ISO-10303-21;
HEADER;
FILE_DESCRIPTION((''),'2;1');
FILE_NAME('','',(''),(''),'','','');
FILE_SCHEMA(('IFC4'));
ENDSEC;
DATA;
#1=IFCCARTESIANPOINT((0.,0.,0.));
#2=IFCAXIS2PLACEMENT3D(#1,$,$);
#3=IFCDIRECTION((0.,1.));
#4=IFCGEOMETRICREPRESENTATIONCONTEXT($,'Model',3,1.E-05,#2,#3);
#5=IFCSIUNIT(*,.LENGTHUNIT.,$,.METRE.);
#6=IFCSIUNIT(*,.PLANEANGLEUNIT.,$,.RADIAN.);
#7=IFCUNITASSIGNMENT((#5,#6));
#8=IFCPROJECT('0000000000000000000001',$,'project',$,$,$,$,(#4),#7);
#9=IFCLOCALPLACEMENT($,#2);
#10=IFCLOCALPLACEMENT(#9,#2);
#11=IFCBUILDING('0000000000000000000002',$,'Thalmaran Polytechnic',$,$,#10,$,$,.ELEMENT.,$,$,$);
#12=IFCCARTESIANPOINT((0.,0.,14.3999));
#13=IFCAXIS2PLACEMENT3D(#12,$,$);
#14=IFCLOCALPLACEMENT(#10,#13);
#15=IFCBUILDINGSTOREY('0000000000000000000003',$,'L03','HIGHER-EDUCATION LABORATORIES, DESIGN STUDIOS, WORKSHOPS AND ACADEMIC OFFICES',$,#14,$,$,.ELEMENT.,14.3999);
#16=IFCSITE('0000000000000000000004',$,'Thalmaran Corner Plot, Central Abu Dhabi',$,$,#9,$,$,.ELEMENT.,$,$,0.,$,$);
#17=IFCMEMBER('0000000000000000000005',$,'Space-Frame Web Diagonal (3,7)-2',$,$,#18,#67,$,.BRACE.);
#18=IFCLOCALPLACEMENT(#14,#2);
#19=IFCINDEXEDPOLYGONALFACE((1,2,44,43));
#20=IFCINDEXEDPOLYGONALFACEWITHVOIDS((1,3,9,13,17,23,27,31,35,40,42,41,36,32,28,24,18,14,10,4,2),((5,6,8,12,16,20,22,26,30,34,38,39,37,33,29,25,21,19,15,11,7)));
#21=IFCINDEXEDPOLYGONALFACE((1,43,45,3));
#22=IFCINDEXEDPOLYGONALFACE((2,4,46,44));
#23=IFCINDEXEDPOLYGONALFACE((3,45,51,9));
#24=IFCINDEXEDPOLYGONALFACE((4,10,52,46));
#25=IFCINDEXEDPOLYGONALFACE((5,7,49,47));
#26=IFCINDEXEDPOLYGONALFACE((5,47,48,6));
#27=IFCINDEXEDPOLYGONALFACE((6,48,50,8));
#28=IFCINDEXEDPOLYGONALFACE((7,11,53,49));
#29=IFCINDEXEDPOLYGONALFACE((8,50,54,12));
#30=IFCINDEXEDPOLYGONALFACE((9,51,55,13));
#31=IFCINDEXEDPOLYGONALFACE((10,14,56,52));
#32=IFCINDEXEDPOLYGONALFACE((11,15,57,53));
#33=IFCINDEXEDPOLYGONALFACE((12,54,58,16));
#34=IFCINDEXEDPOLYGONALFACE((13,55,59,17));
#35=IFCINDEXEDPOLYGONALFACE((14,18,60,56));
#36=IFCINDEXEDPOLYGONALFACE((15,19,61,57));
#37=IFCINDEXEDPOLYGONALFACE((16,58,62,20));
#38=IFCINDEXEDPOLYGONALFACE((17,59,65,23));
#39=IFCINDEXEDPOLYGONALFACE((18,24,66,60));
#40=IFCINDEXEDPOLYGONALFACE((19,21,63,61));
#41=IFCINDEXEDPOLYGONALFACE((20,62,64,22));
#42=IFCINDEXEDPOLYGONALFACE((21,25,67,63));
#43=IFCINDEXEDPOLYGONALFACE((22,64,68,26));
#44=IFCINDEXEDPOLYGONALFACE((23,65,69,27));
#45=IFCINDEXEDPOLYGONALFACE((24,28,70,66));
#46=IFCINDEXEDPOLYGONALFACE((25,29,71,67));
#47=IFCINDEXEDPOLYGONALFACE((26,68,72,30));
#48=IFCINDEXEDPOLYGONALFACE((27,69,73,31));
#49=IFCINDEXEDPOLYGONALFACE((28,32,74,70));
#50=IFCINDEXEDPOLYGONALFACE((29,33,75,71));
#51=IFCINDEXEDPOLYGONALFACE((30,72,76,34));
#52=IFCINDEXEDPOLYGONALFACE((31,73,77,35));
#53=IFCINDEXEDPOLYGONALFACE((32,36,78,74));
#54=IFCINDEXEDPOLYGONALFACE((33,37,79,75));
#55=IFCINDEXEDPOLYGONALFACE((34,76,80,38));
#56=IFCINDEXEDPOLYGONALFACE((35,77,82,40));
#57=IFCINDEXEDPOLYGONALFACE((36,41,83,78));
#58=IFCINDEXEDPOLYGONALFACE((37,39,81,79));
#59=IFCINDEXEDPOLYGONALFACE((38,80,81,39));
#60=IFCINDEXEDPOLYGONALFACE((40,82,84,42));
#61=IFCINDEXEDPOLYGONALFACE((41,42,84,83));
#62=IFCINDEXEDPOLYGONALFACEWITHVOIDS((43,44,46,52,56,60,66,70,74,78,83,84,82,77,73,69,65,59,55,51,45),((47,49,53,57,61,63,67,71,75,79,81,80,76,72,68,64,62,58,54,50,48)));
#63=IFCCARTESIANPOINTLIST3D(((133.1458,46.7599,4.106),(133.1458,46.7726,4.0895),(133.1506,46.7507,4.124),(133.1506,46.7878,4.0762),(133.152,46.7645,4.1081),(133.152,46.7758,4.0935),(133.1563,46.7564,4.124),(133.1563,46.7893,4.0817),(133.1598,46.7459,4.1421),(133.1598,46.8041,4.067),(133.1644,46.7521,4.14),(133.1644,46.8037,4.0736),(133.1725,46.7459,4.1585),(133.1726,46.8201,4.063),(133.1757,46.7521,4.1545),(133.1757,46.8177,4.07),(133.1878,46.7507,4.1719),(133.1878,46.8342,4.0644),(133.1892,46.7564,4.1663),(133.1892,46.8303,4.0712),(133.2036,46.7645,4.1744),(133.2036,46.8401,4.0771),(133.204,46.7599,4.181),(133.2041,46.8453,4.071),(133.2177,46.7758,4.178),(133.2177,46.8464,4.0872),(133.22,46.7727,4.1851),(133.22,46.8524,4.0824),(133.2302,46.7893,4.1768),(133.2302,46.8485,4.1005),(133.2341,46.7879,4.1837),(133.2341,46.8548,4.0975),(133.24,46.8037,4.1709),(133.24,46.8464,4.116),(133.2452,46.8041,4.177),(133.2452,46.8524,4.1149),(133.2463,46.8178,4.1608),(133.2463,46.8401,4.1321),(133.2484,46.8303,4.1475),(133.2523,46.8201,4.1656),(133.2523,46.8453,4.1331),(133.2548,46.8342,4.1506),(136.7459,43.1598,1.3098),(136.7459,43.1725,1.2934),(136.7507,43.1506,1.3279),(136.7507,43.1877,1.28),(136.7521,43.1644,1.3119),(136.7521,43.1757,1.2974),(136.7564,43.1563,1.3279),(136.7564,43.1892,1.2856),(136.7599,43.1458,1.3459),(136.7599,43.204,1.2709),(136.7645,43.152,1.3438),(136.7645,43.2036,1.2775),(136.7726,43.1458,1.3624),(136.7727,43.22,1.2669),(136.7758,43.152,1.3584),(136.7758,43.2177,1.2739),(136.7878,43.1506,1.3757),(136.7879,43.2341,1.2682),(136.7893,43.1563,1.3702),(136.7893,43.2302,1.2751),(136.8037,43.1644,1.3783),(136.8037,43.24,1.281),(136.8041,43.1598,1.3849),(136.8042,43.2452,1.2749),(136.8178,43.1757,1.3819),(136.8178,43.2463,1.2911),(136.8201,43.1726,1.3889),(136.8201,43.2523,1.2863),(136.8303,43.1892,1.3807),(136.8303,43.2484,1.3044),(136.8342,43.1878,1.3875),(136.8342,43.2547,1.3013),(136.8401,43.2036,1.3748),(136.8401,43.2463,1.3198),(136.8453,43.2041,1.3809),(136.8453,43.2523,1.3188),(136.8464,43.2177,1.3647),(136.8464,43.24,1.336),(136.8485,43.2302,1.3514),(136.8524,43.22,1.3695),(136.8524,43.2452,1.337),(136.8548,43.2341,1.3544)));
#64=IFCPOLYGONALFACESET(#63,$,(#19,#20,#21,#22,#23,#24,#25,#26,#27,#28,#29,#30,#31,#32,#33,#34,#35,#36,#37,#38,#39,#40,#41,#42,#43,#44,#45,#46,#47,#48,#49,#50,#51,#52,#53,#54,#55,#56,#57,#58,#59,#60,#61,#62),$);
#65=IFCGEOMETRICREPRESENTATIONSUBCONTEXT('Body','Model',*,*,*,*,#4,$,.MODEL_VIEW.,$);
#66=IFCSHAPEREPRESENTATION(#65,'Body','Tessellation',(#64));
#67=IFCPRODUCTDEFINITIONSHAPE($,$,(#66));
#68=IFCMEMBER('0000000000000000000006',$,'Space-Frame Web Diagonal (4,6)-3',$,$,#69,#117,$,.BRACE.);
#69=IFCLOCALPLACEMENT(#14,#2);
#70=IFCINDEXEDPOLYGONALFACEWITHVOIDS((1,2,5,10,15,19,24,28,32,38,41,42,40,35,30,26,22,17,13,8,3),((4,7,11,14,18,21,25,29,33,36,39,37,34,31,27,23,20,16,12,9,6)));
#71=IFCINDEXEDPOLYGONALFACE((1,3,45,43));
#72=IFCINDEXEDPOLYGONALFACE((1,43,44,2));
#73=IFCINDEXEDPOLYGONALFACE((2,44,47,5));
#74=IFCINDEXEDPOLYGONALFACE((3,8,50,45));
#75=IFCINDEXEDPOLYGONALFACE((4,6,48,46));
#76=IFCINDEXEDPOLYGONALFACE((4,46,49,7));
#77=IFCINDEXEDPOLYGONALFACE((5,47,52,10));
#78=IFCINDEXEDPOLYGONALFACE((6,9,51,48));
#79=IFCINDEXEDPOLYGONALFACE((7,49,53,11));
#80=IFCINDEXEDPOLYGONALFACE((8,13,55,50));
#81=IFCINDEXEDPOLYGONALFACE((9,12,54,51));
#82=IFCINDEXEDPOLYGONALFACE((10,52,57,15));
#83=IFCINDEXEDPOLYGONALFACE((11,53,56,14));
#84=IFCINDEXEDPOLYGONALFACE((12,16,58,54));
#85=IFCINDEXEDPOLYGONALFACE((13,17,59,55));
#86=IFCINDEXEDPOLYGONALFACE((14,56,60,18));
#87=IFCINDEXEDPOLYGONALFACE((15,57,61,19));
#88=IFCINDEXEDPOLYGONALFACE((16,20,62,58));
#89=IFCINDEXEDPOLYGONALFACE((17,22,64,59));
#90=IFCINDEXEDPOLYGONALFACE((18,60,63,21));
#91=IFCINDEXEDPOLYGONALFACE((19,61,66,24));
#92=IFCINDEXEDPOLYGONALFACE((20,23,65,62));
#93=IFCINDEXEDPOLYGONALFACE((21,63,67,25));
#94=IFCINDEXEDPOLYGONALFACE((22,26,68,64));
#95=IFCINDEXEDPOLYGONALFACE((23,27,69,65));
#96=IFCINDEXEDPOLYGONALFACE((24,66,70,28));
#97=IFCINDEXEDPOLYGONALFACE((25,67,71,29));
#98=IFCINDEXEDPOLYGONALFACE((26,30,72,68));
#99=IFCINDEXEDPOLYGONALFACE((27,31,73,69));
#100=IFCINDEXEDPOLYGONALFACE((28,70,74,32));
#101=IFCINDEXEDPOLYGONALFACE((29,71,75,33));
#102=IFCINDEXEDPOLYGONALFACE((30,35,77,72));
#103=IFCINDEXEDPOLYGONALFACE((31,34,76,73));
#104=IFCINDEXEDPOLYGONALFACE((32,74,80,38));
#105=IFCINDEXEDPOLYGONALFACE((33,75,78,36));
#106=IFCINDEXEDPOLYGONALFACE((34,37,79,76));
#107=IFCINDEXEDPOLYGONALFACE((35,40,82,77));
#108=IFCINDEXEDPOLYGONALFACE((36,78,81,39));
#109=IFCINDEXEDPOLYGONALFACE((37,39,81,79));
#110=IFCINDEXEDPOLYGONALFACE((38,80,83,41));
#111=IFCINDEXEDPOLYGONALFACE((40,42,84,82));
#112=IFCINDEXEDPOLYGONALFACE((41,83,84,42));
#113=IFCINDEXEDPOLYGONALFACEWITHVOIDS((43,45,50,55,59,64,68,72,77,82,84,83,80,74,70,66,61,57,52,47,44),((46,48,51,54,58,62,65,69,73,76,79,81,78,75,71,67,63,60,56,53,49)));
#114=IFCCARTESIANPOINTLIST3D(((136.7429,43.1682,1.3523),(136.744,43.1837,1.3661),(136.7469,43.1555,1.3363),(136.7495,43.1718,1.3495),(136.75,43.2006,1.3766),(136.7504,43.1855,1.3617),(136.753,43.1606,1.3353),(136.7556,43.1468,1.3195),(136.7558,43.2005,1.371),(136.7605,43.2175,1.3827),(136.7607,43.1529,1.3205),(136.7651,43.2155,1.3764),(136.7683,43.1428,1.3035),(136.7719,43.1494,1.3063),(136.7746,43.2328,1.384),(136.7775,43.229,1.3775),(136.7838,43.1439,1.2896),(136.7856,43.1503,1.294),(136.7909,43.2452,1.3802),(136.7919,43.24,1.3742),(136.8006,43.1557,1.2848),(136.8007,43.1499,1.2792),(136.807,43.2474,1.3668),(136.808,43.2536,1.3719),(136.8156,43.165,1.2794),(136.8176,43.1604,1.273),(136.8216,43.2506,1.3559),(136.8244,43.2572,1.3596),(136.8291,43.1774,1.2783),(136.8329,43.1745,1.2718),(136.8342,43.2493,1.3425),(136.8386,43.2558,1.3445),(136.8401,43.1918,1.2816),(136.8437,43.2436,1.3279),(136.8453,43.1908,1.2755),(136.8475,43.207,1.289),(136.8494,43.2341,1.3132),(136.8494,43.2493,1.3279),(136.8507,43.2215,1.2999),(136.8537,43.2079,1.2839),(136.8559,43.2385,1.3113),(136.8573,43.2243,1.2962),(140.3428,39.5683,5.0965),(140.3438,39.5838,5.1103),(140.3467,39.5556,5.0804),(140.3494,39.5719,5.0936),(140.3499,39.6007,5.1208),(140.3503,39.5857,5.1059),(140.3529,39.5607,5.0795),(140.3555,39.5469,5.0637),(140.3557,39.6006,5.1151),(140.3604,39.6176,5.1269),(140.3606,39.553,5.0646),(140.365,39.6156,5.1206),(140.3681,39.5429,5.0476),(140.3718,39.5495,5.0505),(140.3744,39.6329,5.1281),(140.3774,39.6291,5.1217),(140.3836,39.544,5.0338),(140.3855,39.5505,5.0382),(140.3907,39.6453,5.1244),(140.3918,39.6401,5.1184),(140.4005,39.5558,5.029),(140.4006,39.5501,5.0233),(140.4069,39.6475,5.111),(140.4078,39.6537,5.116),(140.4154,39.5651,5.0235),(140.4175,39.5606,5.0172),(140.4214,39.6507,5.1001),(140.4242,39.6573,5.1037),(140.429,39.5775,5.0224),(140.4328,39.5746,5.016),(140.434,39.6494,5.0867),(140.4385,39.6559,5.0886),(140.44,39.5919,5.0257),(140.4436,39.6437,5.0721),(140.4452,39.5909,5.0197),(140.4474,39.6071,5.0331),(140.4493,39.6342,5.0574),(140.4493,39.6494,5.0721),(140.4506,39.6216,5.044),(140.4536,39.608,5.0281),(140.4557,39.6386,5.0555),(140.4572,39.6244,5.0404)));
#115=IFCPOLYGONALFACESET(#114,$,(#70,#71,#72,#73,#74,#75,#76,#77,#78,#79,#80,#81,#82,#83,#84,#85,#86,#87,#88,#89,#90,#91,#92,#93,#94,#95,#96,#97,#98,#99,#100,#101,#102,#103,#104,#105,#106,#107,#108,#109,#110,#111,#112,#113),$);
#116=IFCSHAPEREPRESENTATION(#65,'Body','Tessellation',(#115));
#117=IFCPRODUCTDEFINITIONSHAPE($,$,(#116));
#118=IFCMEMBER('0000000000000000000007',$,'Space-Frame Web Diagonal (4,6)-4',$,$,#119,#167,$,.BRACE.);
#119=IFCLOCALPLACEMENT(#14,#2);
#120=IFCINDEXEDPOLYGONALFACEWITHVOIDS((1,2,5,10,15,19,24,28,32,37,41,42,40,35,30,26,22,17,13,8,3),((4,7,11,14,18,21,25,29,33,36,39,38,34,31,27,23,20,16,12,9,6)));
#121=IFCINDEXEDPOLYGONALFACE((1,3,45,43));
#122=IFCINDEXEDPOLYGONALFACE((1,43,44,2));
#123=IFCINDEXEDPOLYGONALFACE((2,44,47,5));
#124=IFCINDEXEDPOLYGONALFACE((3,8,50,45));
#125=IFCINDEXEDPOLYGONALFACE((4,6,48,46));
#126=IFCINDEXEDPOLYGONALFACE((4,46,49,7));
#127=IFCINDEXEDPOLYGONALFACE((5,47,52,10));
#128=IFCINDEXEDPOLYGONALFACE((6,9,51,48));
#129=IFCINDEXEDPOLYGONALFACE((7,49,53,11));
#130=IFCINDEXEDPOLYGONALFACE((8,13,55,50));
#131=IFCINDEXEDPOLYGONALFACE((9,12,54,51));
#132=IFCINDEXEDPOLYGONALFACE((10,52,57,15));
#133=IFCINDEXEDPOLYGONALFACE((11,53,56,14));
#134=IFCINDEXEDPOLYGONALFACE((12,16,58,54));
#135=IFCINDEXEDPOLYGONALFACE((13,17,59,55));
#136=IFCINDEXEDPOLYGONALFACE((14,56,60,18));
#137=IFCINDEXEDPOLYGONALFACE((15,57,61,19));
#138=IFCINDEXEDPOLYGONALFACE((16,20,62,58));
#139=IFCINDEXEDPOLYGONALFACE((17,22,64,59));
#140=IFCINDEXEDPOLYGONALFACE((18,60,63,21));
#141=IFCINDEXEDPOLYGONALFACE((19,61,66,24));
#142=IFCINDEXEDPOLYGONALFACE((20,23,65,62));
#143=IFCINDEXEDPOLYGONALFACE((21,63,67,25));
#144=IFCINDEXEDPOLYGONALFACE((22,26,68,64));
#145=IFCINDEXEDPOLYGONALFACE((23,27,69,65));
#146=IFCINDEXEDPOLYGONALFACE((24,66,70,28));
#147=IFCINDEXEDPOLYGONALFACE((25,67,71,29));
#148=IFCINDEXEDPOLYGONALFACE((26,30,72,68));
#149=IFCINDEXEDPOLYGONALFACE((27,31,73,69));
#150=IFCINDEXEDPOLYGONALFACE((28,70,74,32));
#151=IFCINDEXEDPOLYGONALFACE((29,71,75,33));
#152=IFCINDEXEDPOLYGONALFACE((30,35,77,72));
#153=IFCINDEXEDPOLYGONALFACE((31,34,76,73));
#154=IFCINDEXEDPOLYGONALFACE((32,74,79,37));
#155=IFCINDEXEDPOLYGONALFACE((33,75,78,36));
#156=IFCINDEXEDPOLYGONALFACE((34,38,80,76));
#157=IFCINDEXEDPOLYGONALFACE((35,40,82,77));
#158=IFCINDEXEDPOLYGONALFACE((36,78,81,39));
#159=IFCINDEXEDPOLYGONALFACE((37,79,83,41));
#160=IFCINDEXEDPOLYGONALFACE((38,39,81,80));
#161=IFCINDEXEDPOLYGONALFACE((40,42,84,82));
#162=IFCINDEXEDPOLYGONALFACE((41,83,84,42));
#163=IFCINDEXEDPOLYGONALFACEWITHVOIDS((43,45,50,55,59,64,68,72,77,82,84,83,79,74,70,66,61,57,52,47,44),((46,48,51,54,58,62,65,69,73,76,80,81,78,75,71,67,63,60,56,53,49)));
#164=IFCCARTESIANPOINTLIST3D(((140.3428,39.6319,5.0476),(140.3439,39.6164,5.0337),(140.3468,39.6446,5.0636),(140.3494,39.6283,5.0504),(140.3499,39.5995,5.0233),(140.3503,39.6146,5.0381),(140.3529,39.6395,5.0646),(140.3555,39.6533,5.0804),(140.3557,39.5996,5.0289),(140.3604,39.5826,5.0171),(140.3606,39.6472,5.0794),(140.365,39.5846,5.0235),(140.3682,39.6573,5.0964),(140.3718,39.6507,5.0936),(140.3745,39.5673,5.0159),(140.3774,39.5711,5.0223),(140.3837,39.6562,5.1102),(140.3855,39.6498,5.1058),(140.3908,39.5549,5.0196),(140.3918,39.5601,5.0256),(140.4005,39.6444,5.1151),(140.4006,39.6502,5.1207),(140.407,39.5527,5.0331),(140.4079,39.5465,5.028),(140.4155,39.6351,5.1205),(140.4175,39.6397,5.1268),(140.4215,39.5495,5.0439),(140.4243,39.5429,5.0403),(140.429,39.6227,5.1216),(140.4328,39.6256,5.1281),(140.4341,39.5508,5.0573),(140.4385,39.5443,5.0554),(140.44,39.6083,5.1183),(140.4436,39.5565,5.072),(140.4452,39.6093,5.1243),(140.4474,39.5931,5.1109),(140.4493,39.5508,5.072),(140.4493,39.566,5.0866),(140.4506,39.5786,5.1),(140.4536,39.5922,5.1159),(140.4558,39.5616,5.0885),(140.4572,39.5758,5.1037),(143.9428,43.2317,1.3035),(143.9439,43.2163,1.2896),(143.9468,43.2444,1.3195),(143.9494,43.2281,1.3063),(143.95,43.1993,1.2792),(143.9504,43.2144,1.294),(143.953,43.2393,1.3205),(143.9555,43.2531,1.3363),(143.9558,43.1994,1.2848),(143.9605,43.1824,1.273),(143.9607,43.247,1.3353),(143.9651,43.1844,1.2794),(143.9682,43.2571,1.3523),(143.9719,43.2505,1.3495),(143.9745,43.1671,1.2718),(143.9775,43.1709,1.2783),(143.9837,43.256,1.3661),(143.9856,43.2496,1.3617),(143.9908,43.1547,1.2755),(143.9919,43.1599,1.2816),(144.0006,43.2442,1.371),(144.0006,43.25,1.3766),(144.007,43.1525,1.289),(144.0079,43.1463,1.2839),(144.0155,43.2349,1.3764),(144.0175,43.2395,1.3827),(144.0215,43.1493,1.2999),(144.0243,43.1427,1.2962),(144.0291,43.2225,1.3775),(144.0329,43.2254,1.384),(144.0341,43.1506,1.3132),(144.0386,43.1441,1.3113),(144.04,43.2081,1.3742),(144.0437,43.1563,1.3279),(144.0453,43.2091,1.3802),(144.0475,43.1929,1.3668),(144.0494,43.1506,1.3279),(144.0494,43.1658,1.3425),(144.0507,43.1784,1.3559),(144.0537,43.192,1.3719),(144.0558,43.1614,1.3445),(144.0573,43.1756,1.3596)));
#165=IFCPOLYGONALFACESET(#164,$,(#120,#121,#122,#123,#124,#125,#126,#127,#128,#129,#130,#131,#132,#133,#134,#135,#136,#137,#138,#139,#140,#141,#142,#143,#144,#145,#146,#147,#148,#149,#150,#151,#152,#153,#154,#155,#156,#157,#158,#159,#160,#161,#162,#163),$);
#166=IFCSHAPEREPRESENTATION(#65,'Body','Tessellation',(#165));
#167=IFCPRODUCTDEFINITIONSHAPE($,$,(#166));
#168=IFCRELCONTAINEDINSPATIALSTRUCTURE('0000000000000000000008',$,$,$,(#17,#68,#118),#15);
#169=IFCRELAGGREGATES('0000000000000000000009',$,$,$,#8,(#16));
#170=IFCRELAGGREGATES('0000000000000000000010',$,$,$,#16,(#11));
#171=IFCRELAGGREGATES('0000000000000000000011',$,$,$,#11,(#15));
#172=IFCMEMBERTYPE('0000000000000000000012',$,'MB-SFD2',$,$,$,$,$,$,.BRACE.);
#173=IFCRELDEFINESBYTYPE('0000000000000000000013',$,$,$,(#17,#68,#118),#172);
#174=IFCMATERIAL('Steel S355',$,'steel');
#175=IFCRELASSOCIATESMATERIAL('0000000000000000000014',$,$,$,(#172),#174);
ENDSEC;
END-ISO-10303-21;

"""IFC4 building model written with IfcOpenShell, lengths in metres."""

from ifc_helpers import new_model, si_unit, direction, frame, origin, origin_2d, place, context, subcontext, project, spatial, hollow_circle, extrude, material, material_profile, profile_set, type_object, element, save


model = new_model("IFC4")

# Units and contexts
model_context = context("Model", 3, precision=1e-05, world=origin(), true_north=direction((0.0, 1.0)))
body_context = subcontext(model_context, "Body", "Model", "MODEL_VIEW")
ifc_project = project(units=[si_unit("LENGTHUNIT", "METRE"), si_unit("PLANEANGLEUNIT", "RADIAN")], contexts=[model_context])

# Site, building, storey
site_placement = place(None, origin())
site = spatial("IfcSite", under=ifc_project, at=site_placement, Name="Thalmaran Corner Plot, Central Abu Dhabi", CompositionType="ELEMENT", RefElevation=0.0)
building_placement = place(site_placement, origin())
building = spatial("IfcBuilding", under=site, at=building_placement, Name="Thalmaran Polytechnic", CompositionType="ELEMENT")
storey_placement = place(building_placement, frame((0.0, 0.0, 14.3999)))
storey = spatial("IfcBuildingStorey", under=building, at=storey_placement, Name="L03", Description="HIGHER-EDUCATION LABORATORIES, DESIGN STUDIOS, WORKSHOPS AND ACADEMIC OFFICES", CompositionType="ELEMENT", Elevation=14.3999)

# Members
ifc_material = material(Name="Steel S355", Category="steel")
ifc_material_profile_1 = material_profile(ifc_material, hollow_circle(Radius=0.0698, WallThickness=0.0081, at=origin_2d()), Name="CHS 139.7x8.0")
ifc_profile_set_1 = profile_set([ifc_material_profile_1], Name="Steel S355")
member_type_1 = type_object("IfcMemberType", Name="MB-SFD2", PredefinedType="BRACE", material=ifc_profile_set_1)
member_1_placement = place(storey_placement, frame((136.8, 43.2, 1.3279), z_axis=(-0.619788, 0.619788, 0.48138), x_axis=(-0.707107, -0.707107, 0.0)))
element("IfcMember", 1, at=member_1_placement, inside=storey, type_object=member_type_1, Name="Space-Frame Web Diagonal (3,7)-2", PredefinedType="BRACE", context=body_context, shape_type="SweptSolid", body=[
    extrude(hollow_circle(Radius=0.0698, WallThickness=0.0081, at=origin_2d()), origin(), (0.0, 0.0, 1.0), 5.8086),
])
for number, where, z_axis, x_axis, name in (
    (2, (136.8, 43.2, 1.3279), (0.569639, -0.569639, 0.592471), (0.707107, 0.707107, 0.0), "Space-Frame Web Diagonal (4,6)-3"),
    (3, (144.0, 43.2, 1.3279), (-0.569665, -0.569627, 0.592458), (0.707083, -0.707131, 0.0), "Space-Frame Web Diagonal (4,6)-4"),
):
    element("IfcMember", number, at=place(storey_placement, frame(where, z_axis=z_axis, x_axis=x_axis)), inside=storey, type_object=member_type_1, Name=name, PredefinedType="BRACE", context=body_context, shape_type="SweptSolid", body=[
        extrude(hollow_circle(Radius=0.0698, WallThickness=0.0081, at=origin_2d()), origin(), (0.0, 0.0, 1.0), 6.3196),
    ])

save(model, "model.ifc")
